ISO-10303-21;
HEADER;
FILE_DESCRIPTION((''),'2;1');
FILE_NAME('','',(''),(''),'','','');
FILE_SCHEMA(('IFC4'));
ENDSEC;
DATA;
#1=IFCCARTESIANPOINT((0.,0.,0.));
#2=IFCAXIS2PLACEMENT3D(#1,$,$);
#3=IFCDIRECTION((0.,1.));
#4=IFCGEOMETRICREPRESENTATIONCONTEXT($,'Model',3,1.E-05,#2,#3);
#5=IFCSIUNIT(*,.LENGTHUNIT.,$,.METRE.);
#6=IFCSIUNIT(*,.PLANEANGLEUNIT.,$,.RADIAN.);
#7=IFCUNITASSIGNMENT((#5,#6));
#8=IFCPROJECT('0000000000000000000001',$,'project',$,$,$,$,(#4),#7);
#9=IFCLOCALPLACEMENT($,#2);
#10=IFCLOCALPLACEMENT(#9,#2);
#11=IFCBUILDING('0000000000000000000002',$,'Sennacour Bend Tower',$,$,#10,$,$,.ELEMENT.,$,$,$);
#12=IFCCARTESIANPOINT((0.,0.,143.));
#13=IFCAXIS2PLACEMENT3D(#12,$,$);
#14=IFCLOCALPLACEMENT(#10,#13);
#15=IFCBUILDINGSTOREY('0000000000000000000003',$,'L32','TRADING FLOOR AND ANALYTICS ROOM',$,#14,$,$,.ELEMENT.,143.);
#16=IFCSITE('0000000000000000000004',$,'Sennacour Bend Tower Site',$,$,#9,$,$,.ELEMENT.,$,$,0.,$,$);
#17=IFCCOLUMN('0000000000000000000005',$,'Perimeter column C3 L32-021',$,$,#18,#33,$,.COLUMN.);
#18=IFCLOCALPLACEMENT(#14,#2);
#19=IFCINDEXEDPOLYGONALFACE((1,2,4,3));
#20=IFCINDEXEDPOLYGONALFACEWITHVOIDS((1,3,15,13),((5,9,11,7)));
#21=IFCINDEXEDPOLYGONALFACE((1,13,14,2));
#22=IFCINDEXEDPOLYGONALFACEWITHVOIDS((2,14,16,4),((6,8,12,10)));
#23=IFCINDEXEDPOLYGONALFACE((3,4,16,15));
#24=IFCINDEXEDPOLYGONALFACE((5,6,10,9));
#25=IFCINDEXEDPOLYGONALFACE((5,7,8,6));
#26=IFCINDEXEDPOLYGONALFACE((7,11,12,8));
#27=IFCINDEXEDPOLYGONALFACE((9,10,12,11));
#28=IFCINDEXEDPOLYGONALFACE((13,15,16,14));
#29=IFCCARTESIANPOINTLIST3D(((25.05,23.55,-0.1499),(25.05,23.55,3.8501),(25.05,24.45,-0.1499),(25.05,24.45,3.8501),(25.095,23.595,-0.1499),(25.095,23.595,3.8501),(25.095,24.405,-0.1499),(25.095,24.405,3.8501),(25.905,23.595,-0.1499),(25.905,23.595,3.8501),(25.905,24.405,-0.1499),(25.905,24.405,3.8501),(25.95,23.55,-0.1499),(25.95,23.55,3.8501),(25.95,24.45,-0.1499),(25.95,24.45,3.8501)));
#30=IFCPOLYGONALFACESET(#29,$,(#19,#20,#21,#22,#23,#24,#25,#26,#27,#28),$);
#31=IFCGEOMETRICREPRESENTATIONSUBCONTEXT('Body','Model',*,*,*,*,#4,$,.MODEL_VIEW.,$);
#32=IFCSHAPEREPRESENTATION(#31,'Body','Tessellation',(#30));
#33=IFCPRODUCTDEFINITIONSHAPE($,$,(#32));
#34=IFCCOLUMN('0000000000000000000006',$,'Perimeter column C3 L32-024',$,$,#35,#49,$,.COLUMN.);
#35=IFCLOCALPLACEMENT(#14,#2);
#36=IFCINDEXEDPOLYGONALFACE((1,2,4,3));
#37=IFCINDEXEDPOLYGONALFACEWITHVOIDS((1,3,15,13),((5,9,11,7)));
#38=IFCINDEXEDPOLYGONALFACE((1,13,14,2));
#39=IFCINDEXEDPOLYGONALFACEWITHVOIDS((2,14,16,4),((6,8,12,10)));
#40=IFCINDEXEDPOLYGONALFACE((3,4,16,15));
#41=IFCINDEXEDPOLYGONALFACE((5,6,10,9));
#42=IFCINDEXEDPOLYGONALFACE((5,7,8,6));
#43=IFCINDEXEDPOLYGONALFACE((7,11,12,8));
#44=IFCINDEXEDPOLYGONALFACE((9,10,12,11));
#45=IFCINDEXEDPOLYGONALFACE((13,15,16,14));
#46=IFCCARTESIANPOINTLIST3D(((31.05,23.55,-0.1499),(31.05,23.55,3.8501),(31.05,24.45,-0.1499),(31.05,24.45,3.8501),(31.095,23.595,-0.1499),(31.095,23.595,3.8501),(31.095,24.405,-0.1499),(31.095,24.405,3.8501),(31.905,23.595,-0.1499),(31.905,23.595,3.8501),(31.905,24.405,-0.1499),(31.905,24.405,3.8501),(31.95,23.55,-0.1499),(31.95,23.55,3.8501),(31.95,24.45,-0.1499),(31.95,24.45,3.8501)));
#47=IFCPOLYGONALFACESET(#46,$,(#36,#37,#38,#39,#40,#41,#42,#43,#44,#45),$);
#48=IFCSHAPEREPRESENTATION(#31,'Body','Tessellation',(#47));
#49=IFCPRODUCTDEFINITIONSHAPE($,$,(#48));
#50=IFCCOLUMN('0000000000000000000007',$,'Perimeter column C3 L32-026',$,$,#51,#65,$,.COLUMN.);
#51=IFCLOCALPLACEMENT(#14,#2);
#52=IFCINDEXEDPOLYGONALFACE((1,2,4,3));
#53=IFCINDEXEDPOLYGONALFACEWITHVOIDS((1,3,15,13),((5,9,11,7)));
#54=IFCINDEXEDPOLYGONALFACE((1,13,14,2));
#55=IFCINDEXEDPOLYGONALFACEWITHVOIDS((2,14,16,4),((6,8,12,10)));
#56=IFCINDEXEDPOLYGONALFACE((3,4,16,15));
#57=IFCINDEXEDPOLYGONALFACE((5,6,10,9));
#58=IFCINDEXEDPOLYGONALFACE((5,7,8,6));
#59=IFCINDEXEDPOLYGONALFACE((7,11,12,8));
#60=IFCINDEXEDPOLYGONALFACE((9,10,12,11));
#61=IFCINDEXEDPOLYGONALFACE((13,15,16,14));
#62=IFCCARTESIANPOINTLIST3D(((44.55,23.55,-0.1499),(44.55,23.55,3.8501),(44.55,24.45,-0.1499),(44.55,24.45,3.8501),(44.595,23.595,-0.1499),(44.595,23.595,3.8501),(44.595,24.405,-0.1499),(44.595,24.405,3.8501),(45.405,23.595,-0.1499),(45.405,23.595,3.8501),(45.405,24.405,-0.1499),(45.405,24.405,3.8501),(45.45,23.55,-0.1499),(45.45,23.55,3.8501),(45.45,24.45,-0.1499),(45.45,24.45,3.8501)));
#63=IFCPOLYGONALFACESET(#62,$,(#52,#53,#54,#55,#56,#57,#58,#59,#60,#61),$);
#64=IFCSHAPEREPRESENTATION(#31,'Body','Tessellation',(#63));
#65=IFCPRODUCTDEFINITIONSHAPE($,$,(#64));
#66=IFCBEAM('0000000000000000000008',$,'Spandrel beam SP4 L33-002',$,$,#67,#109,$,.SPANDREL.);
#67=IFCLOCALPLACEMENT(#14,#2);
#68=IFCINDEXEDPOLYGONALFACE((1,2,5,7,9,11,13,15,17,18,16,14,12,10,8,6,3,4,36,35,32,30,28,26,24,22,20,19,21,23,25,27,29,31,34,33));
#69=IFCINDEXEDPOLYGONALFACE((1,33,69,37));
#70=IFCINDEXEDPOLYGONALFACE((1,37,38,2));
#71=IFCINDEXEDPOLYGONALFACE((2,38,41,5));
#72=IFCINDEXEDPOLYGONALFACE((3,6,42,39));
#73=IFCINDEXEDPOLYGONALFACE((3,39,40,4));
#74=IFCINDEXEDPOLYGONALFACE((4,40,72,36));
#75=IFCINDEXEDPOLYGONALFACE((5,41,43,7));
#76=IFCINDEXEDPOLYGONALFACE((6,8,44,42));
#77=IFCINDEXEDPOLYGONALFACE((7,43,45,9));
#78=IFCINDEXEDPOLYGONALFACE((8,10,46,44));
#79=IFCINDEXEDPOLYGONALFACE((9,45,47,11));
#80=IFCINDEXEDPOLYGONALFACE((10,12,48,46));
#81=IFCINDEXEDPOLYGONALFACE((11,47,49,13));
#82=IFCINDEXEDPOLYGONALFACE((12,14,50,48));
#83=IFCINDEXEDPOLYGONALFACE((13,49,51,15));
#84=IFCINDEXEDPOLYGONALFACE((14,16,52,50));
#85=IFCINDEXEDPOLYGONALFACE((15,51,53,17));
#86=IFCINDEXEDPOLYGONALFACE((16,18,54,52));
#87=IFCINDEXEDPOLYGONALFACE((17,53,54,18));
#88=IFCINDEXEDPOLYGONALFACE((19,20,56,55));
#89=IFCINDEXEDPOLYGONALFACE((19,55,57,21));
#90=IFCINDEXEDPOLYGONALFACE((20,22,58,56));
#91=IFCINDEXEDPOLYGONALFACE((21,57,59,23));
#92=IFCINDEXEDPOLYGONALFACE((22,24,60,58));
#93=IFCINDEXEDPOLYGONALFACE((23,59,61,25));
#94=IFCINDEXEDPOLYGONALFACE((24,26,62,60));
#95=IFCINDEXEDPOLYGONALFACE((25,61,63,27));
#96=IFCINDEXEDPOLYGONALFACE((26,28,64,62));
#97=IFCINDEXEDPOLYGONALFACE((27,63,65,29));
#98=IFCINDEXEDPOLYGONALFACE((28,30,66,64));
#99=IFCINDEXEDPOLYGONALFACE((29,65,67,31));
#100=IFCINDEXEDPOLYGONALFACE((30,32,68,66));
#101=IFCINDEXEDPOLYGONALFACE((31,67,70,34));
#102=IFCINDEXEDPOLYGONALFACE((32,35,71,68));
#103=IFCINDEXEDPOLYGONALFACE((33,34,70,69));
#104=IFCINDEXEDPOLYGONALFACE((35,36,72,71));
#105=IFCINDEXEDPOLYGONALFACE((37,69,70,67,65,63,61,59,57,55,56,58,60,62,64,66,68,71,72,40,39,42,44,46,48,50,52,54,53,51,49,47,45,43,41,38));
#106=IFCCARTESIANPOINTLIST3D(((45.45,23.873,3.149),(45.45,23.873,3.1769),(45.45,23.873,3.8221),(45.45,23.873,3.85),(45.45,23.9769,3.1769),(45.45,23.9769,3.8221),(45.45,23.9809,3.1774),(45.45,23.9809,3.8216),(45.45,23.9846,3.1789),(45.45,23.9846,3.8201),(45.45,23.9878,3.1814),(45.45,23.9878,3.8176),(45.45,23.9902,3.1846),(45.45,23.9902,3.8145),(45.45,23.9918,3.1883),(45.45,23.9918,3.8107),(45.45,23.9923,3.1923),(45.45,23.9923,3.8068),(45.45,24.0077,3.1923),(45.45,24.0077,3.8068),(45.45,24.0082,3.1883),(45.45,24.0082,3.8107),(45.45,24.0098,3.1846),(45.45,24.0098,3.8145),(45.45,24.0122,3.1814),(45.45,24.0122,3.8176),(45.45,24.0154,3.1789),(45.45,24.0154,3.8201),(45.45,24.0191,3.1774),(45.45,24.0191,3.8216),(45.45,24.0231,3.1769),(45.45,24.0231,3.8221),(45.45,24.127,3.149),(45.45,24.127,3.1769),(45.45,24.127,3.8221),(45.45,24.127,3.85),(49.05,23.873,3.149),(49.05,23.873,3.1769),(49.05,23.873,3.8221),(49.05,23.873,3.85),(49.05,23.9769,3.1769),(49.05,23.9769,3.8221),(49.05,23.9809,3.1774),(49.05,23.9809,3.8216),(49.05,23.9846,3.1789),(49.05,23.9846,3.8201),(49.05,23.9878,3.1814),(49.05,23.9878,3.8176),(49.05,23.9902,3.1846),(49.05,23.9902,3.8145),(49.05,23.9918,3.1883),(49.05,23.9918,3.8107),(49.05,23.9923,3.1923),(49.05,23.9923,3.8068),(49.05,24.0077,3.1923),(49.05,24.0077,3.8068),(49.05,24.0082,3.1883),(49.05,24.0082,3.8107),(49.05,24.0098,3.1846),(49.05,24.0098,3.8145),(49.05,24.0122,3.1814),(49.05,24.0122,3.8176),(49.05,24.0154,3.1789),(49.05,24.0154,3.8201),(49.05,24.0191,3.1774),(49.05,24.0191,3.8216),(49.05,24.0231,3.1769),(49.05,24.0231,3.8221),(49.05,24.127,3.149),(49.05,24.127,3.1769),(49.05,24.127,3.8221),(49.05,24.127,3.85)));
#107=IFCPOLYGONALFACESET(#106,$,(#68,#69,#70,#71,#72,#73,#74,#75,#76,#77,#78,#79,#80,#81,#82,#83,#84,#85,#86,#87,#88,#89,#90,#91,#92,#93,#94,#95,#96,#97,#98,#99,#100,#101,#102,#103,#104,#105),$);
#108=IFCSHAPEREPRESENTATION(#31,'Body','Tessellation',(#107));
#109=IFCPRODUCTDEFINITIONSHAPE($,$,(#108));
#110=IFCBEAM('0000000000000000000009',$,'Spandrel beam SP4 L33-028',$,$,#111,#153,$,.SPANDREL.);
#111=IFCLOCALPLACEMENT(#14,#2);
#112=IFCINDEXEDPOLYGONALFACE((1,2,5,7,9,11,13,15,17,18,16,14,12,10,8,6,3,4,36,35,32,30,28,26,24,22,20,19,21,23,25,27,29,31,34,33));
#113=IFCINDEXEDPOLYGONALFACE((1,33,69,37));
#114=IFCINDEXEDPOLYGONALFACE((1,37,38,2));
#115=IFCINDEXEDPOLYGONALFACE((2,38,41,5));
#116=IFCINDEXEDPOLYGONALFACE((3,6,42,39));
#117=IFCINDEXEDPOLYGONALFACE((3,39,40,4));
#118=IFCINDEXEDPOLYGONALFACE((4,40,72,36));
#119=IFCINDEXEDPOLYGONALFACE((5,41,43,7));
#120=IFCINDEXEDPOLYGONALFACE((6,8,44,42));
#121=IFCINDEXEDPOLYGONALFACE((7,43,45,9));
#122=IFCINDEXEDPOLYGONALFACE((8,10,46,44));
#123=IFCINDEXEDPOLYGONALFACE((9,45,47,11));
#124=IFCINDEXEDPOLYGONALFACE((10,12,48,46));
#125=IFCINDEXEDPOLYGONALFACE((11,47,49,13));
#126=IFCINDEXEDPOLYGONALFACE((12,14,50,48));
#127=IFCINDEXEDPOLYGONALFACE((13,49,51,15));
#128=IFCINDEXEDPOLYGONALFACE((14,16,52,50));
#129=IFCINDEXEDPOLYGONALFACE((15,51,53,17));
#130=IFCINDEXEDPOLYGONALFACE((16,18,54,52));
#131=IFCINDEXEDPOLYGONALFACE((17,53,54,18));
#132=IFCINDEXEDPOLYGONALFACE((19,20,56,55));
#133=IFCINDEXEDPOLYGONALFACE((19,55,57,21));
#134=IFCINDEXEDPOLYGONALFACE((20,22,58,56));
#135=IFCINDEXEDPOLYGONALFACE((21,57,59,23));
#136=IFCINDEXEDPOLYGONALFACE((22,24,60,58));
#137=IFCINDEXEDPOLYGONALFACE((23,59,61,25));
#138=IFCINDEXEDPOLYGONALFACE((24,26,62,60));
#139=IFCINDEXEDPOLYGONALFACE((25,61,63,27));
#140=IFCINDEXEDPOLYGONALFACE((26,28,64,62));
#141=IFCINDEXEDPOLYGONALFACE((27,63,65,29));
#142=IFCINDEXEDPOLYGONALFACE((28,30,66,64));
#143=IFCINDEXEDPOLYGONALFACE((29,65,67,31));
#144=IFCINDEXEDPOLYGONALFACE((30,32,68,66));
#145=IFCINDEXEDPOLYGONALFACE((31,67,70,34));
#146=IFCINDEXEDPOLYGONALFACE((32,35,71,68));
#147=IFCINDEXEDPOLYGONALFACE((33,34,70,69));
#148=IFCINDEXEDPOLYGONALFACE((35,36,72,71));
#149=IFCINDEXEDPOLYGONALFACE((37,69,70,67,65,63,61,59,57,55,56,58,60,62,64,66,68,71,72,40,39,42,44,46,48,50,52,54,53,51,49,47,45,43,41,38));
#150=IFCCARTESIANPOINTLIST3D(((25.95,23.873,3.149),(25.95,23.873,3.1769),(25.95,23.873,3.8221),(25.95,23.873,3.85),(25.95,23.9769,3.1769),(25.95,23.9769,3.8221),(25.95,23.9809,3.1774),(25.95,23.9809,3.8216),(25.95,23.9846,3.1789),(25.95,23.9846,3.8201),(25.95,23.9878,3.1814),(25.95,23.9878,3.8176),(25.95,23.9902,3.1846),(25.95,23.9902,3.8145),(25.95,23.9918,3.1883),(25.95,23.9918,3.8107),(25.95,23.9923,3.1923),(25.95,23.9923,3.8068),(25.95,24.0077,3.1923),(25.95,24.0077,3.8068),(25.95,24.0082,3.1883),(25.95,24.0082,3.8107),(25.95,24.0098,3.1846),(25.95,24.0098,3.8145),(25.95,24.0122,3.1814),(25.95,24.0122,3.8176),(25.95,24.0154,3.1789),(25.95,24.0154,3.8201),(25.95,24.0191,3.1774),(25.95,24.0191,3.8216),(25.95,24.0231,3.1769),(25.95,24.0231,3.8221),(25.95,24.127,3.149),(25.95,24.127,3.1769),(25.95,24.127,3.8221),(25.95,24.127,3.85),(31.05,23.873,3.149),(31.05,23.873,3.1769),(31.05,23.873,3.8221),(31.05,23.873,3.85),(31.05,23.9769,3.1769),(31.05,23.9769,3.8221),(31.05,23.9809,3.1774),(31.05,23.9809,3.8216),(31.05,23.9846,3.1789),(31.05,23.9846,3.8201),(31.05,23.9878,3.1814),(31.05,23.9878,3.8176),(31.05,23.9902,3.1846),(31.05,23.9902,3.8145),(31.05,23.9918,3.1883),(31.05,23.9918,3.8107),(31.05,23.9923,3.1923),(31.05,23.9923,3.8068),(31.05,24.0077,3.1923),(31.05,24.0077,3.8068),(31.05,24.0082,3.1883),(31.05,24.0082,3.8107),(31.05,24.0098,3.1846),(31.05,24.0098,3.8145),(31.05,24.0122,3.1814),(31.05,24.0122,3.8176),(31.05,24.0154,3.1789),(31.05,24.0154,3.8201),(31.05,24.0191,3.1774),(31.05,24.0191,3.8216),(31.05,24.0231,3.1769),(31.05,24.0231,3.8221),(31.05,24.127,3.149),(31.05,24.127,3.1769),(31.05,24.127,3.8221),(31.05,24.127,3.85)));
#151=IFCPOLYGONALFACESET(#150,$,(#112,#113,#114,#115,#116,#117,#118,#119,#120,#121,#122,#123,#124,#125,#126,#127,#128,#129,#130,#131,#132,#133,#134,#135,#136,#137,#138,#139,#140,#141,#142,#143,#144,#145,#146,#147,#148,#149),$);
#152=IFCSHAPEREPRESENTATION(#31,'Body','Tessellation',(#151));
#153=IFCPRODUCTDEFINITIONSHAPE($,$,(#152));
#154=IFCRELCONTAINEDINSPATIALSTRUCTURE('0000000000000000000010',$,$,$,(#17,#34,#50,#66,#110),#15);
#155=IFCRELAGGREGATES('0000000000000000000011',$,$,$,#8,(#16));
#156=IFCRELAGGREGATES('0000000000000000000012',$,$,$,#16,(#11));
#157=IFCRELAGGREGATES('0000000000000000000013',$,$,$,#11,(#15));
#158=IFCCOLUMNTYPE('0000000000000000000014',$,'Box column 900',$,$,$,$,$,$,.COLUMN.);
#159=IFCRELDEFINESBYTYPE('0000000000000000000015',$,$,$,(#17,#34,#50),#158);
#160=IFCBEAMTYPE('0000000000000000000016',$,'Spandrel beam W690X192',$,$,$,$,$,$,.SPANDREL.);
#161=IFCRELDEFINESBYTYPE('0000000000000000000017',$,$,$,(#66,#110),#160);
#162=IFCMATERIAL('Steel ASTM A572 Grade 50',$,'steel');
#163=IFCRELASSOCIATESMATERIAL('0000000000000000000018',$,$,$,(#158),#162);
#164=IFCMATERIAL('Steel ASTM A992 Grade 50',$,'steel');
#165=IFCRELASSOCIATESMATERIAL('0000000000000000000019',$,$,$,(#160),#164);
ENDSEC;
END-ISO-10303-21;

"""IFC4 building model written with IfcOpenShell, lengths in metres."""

from ifc_helpers import new_model, si_unit, direction, frame, origin, origin_2d, place, context, subcontext, project, spatial, hollow_rectangle, i_section, extrude, material, material_profile, profile_set, type_object, element, save


model = new_model("IFC4")

# Units and contexts
model_context = context("Model", 3, precision=1e-05, world=origin(), true_north=direction((0.0, 1.0)))
body_context = subcontext(model_context, "Body", "Model", "MODEL_VIEW")
ifc_project = project(units=[si_unit("LENGTHUNIT", "METRE"), si_unit("PLANEANGLEUNIT", "RADIAN")], contexts=[model_context])

# Site, building, storey
site_placement = place(None, origin())
site = spatial("IfcSite", under=ifc_project, at=site_placement, Name="Sennacour Bend Tower Site", CompositionType="ELEMENT", RefElevation=0.0)
building_placement = place(site_placement, origin())
building = spatial("IfcBuilding", under=site, at=building_placement, Name="Sennacour Bend Tower", CompositionType="ELEMENT")
storey_placement = place(building_placement, frame((0.0, 0.0, 143.0)))
storey = spatial("IfcBuildingStorey", under=building, at=storey_placement, Name="L32", Description="TRADING FLOOR AND ANALYTICS ROOM", CompositionType="ELEMENT", Elevation=143.0)

# Columns
ifc_material_1 = material(Name="Steel ASTM A572 Grade 50", Category="steel")
ifc_material_profile_1 = material_profile(ifc_material_1, hollow_rectangle(XDim=0.8999, YDim=0.8999, WallThickness=0.0449, at=origin_2d()), Name="Steel ASTM A572 Grade 50", Category="steel")
ifc_profile_set_1 = profile_set([ifc_material_profile_1], Name="Steel ASTM A572 Grade 50")
column_type = type_object("IfcColumnType", Name="Box column 900", PredefinedType="COLUMN", material=ifc_profile_set_1)
for number, where, z_axis, x_axis, name in (
    (1, (25.5, 24.0, -0.1499), (0.0, 0.0, 1.0), (1.0, 0.0, 0.0), "Perimeter column C3 L32-021"),
    (2, (31.5, 24.0, -0.1499), (0.0, 0.0, 1.0), (1.0, 0.0, 0.0), "Perimeter column C3 L32-024"),
    (3, (45.0, 24.0, -0.1499), (0.0, 0.0, 1.0), (1.0, 0.0, 0.0), "Perimeter column C3 L32-026"),
):
    element("IfcColumn", number, at=place(storey_placement, frame(where, z_axis=z_axis, x_axis=x_axis)), inside=storey, type_object=column_type, Name=name, PredefinedType="COLUMN", context=body_context, shape_type="SweptSolid", body=[
        extrude(hollow_rectangle(XDim=0.8999, YDim=0.8999, WallThickness=0.0449, at=origin_2d()), origin(), (0.0, 0.0, 1.0), 4.0),
    ])

# Beams
ifc_material_2 = material(Name="Steel ASTM A992 Grade 50", Category="steel")
ifc_material_profile_2 = material_profile(ifc_material_2, i_section(OverallWidth=0.2539, OverallDepth=0.7009, WebThickness=0.0154, FlangeThickness=0.0278, FilletRadius=0.0154, at=origin_2d()), Name="Steel ASTM A992 Grade 50", Category="steel")
ifc_profile_set_2 = profile_set([ifc_material_profile_2], Name="Steel ASTM A992 Grade 50")
beam_type = type_object("IfcBeamType", Name="Spandrel beam W690X192", PredefinedType="SPANDREL", material=ifc_profile_set_2)
beam_1_placement = place(storey_placement, frame((45.45, 24.0, 3.4995), z_axis=(1.0, 0.0, 0.0), x_axis=(0.0, 1.0, 0.0)))
element("IfcBeam", 4, at=beam_1_placement, inside=storey, type_object=beam_type, Name="Spandrel beam SP4 L33-002", PredefinedType="SPANDREL", context=body_context, shape_type="SweptSolid", body=[
    extrude(i_section(OverallWidth=0.2539, OverallDepth=0.7009, WebThickness=0.0154, FlangeThickness=0.0278, FilletRadius=0.0154, at=origin_2d()), origin(), (0.0, 0.0, 1.0), 3.6001),
])
beam_2_placement = place(storey_placement, frame((25.95, 24.0, 3.4995), z_axis=(1.0, 0.0, 0.0), x_axis=(0.0, 1.0, 0.0)))
element("IfcBeam", 5, at=beam_2_placement, inside=storey, type_object=beam_type, Name="Spandrel beam SP4 L33-028", PredefinedType="SPANDREL", context=body_context, shape_type="SweptSolid", body=[
    extrude(i_section(OverallWidth=0.2539, OverallDepth=0.7009, WebThickness=0.0154, FlangeThickness=0.0278, FilletRadius=0.0154, at=origin_2d()), origin(), (0.0, 0.0, 1.0), 5.1001),
])

save(model, "model.ifc")
